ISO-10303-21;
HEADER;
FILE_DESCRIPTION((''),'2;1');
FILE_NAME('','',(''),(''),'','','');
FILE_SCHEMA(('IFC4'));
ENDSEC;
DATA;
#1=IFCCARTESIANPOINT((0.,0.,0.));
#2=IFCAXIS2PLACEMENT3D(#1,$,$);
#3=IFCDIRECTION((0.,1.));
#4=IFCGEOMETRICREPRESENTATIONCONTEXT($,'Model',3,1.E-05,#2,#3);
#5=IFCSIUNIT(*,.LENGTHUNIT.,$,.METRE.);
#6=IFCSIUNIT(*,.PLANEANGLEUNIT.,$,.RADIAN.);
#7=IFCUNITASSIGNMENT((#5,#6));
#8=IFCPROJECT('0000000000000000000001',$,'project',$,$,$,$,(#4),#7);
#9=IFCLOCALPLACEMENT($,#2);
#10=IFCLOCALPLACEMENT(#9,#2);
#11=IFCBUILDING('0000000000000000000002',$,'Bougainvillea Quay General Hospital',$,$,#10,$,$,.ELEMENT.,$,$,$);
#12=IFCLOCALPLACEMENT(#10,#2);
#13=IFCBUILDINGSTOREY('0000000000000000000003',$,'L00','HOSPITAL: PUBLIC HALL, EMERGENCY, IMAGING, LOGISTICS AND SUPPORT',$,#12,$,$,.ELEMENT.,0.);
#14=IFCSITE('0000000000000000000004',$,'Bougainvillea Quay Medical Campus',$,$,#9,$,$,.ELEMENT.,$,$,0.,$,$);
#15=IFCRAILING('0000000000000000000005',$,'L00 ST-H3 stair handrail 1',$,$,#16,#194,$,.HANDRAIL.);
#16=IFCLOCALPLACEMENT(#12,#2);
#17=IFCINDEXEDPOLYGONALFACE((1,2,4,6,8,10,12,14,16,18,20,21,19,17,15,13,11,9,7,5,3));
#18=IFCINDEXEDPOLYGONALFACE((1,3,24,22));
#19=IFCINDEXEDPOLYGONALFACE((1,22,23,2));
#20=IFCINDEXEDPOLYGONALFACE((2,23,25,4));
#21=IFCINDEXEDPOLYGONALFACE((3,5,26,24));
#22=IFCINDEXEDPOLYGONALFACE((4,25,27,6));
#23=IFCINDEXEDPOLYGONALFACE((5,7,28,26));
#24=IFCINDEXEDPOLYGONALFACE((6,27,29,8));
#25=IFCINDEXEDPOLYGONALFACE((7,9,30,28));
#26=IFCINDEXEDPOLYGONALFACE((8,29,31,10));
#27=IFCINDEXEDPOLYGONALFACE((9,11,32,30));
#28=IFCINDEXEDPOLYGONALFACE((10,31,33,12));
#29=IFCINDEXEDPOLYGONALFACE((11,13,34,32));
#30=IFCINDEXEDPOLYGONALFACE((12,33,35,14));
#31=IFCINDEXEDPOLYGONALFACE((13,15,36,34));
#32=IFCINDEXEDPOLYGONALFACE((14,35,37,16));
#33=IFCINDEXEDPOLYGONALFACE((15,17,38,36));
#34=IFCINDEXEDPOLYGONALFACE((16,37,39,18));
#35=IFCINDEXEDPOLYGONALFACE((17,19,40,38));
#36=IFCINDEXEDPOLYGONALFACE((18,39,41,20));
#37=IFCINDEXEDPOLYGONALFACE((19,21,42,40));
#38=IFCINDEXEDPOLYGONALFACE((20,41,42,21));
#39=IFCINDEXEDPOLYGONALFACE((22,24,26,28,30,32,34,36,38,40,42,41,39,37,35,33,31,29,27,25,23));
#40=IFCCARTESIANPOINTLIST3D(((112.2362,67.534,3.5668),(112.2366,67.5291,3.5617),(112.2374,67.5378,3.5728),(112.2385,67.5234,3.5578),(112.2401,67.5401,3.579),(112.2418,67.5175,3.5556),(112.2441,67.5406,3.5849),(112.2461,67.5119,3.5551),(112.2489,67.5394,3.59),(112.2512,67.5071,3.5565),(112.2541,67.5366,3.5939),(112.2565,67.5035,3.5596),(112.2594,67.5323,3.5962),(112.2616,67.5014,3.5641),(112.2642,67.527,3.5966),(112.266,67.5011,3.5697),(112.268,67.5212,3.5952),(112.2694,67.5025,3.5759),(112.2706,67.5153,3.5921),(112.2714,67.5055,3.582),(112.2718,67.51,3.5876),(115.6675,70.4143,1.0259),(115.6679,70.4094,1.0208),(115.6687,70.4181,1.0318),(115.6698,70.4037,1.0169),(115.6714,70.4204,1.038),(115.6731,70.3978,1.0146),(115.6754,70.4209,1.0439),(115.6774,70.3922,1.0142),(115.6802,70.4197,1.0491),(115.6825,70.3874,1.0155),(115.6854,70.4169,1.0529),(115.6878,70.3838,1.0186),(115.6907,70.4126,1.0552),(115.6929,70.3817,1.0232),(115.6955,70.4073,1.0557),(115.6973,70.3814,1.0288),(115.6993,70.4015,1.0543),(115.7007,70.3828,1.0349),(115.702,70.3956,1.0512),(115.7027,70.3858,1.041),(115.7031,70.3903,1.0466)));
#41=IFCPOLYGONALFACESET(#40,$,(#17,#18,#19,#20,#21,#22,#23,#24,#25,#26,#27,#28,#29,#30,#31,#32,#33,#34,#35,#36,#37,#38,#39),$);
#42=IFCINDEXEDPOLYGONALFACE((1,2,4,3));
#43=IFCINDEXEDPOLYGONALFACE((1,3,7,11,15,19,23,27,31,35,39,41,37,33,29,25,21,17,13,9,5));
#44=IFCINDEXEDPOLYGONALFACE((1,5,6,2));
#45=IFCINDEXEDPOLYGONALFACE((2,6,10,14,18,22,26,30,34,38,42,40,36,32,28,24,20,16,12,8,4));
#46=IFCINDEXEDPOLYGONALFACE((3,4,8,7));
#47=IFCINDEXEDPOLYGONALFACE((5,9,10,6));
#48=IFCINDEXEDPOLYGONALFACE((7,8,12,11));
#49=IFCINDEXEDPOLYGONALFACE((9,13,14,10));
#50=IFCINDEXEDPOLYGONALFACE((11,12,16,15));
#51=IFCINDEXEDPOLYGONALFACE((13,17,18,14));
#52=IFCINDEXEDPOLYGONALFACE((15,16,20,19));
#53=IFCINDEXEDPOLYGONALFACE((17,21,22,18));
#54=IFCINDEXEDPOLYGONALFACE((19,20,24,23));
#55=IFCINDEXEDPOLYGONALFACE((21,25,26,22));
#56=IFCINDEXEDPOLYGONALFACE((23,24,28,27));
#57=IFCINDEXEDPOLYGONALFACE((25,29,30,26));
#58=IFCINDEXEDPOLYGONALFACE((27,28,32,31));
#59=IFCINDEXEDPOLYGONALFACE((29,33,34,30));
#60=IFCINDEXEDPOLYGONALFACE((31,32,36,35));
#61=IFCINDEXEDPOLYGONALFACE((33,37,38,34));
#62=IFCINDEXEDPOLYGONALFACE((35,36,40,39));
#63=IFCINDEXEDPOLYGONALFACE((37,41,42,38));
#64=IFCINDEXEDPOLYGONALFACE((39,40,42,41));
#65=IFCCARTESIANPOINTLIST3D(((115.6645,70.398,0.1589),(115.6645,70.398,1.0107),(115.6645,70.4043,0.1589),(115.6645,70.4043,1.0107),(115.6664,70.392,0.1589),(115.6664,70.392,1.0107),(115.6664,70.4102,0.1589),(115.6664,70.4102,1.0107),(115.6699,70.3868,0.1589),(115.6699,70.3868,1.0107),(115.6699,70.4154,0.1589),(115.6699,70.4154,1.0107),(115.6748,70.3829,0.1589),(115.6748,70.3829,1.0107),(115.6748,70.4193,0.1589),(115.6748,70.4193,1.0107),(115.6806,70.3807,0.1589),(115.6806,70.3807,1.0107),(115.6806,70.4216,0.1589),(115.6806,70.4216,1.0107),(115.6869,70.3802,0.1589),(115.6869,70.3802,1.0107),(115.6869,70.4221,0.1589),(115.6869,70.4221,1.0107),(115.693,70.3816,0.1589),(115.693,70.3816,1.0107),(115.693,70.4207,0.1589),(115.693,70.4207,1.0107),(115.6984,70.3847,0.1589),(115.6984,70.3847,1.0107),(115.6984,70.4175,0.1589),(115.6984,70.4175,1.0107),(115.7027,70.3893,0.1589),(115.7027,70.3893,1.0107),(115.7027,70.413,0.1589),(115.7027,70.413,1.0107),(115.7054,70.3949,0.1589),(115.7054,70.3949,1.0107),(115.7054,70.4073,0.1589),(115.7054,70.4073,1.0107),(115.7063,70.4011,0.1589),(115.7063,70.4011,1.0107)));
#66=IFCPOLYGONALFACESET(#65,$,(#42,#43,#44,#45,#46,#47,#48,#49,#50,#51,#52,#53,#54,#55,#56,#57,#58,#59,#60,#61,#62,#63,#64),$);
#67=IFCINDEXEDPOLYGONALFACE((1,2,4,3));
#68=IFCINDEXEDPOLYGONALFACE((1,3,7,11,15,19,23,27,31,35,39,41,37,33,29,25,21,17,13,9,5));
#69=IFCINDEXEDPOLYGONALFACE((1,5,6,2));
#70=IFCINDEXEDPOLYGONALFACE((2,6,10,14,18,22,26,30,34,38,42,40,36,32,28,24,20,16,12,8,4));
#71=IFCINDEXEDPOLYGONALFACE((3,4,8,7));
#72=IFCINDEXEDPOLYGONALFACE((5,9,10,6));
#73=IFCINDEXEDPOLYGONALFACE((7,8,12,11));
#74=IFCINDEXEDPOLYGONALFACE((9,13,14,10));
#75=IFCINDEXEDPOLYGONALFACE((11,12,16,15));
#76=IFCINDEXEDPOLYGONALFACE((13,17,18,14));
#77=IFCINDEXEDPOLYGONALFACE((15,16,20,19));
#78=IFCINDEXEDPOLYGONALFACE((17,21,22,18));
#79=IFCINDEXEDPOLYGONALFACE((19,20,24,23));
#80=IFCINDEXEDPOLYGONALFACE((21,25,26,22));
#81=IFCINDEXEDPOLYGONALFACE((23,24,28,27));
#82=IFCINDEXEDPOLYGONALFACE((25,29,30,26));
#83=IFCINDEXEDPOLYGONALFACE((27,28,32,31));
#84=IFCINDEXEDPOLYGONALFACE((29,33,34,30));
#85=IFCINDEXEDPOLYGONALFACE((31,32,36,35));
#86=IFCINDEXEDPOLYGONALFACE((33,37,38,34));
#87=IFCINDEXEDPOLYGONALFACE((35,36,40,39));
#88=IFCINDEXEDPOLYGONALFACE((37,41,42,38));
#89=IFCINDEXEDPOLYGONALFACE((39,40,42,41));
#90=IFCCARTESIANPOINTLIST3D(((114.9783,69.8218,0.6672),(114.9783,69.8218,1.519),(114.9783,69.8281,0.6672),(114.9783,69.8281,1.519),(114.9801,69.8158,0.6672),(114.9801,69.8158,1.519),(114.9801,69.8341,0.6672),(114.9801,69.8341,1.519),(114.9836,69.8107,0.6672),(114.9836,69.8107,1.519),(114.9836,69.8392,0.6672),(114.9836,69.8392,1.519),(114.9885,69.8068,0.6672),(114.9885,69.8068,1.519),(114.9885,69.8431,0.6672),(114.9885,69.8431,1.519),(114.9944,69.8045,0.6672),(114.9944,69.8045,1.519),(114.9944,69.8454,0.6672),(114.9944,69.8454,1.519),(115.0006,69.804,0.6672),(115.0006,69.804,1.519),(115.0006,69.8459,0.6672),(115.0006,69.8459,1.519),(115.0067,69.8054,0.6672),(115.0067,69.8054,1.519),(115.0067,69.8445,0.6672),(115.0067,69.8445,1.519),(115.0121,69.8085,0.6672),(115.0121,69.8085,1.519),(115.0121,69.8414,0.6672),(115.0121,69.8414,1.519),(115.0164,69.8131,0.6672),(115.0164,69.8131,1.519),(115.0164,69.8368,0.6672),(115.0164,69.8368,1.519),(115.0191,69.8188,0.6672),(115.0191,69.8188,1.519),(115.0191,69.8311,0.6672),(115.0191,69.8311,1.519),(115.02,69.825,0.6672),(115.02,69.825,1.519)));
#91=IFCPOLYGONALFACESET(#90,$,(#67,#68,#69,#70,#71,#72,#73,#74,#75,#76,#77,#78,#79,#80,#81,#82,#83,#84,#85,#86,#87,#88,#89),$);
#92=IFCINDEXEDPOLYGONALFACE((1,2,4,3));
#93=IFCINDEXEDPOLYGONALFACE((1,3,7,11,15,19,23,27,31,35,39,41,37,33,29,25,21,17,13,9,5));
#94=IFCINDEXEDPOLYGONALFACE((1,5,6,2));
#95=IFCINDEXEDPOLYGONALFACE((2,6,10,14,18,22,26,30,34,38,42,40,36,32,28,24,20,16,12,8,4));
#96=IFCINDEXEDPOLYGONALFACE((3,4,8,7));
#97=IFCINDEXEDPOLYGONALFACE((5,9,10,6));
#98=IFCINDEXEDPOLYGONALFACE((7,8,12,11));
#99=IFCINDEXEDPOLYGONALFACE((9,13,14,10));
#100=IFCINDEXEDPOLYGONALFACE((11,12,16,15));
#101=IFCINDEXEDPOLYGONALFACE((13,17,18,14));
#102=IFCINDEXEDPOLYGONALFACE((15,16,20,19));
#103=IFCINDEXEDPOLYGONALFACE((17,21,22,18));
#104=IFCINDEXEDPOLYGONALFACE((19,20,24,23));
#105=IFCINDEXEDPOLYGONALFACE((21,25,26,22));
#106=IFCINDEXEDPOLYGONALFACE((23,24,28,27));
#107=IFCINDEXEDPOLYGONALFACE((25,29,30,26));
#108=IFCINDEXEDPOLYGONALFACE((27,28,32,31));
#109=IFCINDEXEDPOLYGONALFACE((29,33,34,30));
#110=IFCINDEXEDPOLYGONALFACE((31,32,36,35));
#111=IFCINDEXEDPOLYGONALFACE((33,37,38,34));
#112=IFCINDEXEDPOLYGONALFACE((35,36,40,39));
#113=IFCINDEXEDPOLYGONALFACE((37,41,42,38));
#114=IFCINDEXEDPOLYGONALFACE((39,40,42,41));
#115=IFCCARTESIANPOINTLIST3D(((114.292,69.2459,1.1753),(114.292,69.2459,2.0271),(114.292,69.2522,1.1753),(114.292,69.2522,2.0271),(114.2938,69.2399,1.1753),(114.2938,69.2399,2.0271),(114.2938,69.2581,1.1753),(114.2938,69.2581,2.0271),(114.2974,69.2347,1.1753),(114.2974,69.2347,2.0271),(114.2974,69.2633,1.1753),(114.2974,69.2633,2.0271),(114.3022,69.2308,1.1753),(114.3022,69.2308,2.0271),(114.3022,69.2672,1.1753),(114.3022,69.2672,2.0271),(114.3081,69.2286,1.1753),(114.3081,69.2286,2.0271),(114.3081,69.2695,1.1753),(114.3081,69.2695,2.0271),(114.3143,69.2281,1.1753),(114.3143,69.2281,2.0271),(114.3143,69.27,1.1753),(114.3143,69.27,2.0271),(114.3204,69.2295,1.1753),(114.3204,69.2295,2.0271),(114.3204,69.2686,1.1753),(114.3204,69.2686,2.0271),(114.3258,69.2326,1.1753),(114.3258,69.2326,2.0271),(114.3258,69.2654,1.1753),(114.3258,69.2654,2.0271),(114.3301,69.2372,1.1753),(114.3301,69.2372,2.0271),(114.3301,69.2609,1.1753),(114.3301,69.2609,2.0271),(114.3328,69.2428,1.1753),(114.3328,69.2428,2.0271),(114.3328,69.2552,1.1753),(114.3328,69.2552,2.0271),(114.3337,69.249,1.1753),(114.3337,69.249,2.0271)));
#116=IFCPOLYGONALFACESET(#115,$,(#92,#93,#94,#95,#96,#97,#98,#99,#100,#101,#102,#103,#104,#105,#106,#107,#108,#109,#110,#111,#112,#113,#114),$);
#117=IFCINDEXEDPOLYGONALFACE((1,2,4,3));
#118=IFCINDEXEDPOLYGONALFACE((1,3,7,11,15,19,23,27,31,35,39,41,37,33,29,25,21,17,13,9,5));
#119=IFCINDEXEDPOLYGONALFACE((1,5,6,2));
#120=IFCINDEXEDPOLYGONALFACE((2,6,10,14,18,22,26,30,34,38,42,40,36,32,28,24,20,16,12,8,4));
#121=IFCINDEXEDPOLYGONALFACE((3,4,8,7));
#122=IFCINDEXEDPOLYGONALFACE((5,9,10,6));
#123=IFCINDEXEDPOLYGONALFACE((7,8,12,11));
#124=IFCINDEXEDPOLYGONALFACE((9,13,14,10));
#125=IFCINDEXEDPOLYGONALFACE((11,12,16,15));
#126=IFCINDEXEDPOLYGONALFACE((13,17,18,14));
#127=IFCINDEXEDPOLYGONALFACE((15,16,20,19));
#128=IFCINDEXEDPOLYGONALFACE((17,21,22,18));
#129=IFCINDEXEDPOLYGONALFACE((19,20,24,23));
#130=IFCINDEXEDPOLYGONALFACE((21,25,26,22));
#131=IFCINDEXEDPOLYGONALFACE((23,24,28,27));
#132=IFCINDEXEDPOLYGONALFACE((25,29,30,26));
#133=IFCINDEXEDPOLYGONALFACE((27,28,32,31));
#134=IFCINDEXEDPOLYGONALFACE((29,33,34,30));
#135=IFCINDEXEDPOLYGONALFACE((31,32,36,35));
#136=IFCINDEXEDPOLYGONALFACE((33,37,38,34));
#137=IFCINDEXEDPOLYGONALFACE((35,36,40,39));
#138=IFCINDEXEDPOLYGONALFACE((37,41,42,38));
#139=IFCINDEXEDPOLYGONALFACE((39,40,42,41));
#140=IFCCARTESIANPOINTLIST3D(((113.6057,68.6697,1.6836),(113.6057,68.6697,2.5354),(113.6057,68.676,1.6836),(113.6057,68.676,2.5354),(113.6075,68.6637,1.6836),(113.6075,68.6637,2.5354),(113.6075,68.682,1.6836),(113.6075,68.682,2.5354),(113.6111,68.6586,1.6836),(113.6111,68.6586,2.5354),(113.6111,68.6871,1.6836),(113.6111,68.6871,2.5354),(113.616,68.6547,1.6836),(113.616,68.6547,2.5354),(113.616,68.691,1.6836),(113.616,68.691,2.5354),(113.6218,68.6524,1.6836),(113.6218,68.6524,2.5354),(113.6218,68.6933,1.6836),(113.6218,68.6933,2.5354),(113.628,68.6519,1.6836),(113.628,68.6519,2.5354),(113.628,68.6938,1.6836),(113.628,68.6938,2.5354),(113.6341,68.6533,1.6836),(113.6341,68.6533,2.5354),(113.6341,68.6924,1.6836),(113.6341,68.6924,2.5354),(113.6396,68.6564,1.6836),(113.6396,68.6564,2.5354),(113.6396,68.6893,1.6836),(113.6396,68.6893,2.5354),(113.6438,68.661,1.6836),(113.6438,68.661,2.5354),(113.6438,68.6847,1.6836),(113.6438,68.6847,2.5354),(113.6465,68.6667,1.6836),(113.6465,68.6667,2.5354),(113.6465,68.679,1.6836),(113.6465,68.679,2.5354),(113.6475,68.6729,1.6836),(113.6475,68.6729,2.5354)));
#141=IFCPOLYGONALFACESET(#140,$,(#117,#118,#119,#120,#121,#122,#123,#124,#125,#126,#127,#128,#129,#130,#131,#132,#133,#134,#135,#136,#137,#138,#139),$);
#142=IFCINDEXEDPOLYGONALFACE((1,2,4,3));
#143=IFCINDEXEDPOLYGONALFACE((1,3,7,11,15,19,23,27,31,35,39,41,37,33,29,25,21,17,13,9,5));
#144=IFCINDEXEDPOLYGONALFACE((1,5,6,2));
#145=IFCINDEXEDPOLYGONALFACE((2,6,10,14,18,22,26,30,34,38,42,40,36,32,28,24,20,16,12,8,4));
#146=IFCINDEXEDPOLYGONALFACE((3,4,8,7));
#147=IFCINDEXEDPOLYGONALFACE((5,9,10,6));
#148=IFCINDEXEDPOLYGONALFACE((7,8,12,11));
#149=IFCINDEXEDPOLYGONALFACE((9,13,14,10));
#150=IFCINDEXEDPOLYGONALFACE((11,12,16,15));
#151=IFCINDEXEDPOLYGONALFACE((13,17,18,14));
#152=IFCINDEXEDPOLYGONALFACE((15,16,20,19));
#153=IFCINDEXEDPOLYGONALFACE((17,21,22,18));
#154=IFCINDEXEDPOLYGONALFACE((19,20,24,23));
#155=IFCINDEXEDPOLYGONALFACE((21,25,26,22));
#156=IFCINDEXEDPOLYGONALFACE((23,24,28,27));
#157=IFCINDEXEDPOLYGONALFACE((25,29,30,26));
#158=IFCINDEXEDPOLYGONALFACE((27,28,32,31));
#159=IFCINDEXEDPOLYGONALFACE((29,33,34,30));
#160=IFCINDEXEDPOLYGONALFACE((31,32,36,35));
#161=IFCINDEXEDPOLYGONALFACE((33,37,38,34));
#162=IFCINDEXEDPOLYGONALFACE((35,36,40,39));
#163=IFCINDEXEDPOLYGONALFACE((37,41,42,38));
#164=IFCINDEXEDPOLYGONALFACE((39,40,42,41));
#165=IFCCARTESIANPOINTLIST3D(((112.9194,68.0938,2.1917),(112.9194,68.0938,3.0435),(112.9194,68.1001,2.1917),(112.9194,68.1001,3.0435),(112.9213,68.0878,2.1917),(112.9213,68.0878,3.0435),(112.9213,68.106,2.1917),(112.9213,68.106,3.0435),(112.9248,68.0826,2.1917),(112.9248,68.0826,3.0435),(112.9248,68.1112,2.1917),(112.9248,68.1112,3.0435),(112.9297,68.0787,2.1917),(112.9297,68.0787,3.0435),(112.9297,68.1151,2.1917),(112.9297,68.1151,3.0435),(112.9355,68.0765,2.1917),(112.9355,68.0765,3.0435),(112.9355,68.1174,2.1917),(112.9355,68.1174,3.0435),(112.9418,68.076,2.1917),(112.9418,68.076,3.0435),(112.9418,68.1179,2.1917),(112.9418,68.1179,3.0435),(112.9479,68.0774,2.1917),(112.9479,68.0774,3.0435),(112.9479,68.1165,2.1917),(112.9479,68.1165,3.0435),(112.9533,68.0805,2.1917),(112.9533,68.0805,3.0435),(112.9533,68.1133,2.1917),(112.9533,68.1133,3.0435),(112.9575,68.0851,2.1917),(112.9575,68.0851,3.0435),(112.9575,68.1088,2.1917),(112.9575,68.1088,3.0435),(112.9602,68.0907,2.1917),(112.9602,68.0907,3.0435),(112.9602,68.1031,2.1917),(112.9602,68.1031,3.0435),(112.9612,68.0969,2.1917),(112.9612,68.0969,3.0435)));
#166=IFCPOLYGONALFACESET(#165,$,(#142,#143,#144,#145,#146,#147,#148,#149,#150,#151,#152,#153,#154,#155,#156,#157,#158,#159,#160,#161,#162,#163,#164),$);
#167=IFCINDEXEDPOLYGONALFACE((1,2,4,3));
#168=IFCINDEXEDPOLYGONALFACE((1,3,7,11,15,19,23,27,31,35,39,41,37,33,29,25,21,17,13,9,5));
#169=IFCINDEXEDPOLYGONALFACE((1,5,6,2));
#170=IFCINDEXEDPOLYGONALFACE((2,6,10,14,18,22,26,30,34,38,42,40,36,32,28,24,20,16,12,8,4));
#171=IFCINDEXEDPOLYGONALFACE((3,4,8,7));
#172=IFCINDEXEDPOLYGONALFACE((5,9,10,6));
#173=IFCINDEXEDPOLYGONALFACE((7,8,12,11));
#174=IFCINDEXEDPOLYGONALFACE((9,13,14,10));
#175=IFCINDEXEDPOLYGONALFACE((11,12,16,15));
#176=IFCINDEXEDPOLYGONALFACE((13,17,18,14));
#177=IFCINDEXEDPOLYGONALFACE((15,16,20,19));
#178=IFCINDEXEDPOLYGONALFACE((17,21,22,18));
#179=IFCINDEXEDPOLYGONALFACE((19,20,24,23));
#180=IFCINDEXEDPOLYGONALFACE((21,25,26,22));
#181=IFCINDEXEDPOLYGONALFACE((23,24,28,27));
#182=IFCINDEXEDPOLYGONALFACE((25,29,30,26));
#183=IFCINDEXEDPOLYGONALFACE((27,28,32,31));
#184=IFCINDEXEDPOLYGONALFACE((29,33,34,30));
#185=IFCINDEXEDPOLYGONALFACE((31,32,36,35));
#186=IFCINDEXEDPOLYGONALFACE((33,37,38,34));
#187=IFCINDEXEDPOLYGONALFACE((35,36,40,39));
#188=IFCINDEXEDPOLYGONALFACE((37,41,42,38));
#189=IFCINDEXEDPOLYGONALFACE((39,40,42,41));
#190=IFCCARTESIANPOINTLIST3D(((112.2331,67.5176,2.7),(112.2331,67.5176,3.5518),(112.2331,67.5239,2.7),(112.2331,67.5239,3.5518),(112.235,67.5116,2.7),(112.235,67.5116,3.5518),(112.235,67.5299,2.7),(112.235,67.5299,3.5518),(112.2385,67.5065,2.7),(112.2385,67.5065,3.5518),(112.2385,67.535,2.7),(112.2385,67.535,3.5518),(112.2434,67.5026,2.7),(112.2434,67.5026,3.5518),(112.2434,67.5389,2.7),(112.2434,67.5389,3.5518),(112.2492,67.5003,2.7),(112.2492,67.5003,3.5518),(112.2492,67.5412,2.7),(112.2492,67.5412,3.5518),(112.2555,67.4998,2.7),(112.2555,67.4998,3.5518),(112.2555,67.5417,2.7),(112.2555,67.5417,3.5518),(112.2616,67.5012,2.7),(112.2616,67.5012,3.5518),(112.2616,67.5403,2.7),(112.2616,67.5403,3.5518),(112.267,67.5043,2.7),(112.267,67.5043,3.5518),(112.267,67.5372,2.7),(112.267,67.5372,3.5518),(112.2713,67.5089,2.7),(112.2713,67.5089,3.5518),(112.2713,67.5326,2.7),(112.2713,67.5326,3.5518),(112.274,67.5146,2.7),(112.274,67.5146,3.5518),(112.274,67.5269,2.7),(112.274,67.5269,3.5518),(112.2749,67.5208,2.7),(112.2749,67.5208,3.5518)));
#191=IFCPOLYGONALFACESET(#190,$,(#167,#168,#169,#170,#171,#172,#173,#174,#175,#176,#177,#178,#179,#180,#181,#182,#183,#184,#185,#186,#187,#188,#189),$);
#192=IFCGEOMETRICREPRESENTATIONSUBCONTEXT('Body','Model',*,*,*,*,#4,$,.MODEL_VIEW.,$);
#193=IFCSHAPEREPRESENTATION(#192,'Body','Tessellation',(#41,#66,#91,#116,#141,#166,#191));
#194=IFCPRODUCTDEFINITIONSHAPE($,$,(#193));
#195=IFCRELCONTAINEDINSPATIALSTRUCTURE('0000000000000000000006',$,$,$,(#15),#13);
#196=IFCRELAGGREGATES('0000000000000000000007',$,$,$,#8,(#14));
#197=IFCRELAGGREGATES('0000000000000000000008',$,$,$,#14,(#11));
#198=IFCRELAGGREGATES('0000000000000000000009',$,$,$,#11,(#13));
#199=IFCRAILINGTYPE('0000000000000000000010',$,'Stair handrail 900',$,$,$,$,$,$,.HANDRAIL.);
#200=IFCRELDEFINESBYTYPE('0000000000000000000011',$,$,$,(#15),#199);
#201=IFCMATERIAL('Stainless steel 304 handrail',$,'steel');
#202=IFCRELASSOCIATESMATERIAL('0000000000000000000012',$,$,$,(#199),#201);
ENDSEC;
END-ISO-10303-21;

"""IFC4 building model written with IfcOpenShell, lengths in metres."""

from ifc_helpers import new_model, si_unit, direction, frame, origin, origin_2d, place, context, subcontext, project, spatial, circle, extrude, material, type_object, element, save


model = new_model("IFC4")

# Units and contexts
model_context = context("Model", 3, precision=1e-05, world=origin(), true_north=direction((0.0, 1.0)))
body_context = subcontext(model_context, "Body", "Model", "MODEL_VIEW")
ifc_project = project(units=[si_unit("LENGTHUNIT", "METRE"), si_unit("PLANEANGLEUNIT", "RADIAN")], contexts=[model_context])

# Site, building, storey
site_placement = place(None, origin())
site = spatial("IfcSite", under=ifc_project, at=site_placement, Name="Bougainvillea Quay Medical Campus", CompositionType="ELEMENT", RefElevation=0.0)
building_placement = place(site_placement, origin())
building = spatial("IfcBuilding", under=site, at=building_placement, Name="Bougainvillea Quay General Hospital", CompositionType="ELEMENT")
storey_placement = place(building_placement, origin())
storey = spatial("IfcBuildingStorey", under=building, at=storey_placement, Name="L00", Description="HOSPITAL: PUBLIC HALL, EMERGENCY, IMAGING, LOGISTICS AND SUPPORT", CompositionType="ELEMENT", Elevation=0.0)

# Railing
ifc_material_1 = material(Name="Stainless steel 304 handrail", Category="steel")
railing_type_1 = type_object("IfcRailingType", Name="Stair handrail 900", PredefinedType="HANDRAIL", material=ifc_material_1)
railing_1_placement = place(storey_placement, frame((115.6853, 70.4011, 0.1589)))
element("IfcRailing", 1, at=railing_1_placement, inside=storey, type_object=railing_type_1, Name="L00 ST-H3 stair handrail 1", PredefinedType="HANDRAIL", context=body_context, shape_type="SweptSolid", body=[
    extrude(circle(Radius=0.0239, at=origin_2d()), frame((0.0, 0.0, 0.876), z_axis=(-0.666224, -0.55924, 0.493352), x_axis=(0.64293, -0.765925, 0.0)), (0.0, 0.0, 1.0), 5.1504),
    extrude(circle(Radius=0.021, at=origin_2d()), origin(), (0.0, 0.0, 1.0), 0.8518),
    extrude(circle(Radius=0.021, at=origin_2d()), frame((-0.6863, -0.5762, 0.5083)), (0.0, 0.0, 1.0), 0.8518),
    extrude(circle(Radius=0.021, at=origin_2d()), frame((-1.3726, -1.1521, 1.0164)), (0.0, 0.0, 1.0), 0.8518),
    extrude(circle(Radius=0.021, at=origin_2d()), frame((-2.0588, -1.7283, 1.5247)), (0.0, 0.0, 1.0), 0.8518),
    extrude(circle(Radius=0.021, at=origin_2d()), frame((-2.7451, -2.3042, 2.0327)), (0.0, 0.0, 1.0), 0.8518),
    extrude(circle(Radius=0.021, at=origin_2d()), frame((-3.4314, -2.8804, 2.541)), (0.0, 0.0, 1.0), 0.8518),
])

save(model, "model.ifc")
